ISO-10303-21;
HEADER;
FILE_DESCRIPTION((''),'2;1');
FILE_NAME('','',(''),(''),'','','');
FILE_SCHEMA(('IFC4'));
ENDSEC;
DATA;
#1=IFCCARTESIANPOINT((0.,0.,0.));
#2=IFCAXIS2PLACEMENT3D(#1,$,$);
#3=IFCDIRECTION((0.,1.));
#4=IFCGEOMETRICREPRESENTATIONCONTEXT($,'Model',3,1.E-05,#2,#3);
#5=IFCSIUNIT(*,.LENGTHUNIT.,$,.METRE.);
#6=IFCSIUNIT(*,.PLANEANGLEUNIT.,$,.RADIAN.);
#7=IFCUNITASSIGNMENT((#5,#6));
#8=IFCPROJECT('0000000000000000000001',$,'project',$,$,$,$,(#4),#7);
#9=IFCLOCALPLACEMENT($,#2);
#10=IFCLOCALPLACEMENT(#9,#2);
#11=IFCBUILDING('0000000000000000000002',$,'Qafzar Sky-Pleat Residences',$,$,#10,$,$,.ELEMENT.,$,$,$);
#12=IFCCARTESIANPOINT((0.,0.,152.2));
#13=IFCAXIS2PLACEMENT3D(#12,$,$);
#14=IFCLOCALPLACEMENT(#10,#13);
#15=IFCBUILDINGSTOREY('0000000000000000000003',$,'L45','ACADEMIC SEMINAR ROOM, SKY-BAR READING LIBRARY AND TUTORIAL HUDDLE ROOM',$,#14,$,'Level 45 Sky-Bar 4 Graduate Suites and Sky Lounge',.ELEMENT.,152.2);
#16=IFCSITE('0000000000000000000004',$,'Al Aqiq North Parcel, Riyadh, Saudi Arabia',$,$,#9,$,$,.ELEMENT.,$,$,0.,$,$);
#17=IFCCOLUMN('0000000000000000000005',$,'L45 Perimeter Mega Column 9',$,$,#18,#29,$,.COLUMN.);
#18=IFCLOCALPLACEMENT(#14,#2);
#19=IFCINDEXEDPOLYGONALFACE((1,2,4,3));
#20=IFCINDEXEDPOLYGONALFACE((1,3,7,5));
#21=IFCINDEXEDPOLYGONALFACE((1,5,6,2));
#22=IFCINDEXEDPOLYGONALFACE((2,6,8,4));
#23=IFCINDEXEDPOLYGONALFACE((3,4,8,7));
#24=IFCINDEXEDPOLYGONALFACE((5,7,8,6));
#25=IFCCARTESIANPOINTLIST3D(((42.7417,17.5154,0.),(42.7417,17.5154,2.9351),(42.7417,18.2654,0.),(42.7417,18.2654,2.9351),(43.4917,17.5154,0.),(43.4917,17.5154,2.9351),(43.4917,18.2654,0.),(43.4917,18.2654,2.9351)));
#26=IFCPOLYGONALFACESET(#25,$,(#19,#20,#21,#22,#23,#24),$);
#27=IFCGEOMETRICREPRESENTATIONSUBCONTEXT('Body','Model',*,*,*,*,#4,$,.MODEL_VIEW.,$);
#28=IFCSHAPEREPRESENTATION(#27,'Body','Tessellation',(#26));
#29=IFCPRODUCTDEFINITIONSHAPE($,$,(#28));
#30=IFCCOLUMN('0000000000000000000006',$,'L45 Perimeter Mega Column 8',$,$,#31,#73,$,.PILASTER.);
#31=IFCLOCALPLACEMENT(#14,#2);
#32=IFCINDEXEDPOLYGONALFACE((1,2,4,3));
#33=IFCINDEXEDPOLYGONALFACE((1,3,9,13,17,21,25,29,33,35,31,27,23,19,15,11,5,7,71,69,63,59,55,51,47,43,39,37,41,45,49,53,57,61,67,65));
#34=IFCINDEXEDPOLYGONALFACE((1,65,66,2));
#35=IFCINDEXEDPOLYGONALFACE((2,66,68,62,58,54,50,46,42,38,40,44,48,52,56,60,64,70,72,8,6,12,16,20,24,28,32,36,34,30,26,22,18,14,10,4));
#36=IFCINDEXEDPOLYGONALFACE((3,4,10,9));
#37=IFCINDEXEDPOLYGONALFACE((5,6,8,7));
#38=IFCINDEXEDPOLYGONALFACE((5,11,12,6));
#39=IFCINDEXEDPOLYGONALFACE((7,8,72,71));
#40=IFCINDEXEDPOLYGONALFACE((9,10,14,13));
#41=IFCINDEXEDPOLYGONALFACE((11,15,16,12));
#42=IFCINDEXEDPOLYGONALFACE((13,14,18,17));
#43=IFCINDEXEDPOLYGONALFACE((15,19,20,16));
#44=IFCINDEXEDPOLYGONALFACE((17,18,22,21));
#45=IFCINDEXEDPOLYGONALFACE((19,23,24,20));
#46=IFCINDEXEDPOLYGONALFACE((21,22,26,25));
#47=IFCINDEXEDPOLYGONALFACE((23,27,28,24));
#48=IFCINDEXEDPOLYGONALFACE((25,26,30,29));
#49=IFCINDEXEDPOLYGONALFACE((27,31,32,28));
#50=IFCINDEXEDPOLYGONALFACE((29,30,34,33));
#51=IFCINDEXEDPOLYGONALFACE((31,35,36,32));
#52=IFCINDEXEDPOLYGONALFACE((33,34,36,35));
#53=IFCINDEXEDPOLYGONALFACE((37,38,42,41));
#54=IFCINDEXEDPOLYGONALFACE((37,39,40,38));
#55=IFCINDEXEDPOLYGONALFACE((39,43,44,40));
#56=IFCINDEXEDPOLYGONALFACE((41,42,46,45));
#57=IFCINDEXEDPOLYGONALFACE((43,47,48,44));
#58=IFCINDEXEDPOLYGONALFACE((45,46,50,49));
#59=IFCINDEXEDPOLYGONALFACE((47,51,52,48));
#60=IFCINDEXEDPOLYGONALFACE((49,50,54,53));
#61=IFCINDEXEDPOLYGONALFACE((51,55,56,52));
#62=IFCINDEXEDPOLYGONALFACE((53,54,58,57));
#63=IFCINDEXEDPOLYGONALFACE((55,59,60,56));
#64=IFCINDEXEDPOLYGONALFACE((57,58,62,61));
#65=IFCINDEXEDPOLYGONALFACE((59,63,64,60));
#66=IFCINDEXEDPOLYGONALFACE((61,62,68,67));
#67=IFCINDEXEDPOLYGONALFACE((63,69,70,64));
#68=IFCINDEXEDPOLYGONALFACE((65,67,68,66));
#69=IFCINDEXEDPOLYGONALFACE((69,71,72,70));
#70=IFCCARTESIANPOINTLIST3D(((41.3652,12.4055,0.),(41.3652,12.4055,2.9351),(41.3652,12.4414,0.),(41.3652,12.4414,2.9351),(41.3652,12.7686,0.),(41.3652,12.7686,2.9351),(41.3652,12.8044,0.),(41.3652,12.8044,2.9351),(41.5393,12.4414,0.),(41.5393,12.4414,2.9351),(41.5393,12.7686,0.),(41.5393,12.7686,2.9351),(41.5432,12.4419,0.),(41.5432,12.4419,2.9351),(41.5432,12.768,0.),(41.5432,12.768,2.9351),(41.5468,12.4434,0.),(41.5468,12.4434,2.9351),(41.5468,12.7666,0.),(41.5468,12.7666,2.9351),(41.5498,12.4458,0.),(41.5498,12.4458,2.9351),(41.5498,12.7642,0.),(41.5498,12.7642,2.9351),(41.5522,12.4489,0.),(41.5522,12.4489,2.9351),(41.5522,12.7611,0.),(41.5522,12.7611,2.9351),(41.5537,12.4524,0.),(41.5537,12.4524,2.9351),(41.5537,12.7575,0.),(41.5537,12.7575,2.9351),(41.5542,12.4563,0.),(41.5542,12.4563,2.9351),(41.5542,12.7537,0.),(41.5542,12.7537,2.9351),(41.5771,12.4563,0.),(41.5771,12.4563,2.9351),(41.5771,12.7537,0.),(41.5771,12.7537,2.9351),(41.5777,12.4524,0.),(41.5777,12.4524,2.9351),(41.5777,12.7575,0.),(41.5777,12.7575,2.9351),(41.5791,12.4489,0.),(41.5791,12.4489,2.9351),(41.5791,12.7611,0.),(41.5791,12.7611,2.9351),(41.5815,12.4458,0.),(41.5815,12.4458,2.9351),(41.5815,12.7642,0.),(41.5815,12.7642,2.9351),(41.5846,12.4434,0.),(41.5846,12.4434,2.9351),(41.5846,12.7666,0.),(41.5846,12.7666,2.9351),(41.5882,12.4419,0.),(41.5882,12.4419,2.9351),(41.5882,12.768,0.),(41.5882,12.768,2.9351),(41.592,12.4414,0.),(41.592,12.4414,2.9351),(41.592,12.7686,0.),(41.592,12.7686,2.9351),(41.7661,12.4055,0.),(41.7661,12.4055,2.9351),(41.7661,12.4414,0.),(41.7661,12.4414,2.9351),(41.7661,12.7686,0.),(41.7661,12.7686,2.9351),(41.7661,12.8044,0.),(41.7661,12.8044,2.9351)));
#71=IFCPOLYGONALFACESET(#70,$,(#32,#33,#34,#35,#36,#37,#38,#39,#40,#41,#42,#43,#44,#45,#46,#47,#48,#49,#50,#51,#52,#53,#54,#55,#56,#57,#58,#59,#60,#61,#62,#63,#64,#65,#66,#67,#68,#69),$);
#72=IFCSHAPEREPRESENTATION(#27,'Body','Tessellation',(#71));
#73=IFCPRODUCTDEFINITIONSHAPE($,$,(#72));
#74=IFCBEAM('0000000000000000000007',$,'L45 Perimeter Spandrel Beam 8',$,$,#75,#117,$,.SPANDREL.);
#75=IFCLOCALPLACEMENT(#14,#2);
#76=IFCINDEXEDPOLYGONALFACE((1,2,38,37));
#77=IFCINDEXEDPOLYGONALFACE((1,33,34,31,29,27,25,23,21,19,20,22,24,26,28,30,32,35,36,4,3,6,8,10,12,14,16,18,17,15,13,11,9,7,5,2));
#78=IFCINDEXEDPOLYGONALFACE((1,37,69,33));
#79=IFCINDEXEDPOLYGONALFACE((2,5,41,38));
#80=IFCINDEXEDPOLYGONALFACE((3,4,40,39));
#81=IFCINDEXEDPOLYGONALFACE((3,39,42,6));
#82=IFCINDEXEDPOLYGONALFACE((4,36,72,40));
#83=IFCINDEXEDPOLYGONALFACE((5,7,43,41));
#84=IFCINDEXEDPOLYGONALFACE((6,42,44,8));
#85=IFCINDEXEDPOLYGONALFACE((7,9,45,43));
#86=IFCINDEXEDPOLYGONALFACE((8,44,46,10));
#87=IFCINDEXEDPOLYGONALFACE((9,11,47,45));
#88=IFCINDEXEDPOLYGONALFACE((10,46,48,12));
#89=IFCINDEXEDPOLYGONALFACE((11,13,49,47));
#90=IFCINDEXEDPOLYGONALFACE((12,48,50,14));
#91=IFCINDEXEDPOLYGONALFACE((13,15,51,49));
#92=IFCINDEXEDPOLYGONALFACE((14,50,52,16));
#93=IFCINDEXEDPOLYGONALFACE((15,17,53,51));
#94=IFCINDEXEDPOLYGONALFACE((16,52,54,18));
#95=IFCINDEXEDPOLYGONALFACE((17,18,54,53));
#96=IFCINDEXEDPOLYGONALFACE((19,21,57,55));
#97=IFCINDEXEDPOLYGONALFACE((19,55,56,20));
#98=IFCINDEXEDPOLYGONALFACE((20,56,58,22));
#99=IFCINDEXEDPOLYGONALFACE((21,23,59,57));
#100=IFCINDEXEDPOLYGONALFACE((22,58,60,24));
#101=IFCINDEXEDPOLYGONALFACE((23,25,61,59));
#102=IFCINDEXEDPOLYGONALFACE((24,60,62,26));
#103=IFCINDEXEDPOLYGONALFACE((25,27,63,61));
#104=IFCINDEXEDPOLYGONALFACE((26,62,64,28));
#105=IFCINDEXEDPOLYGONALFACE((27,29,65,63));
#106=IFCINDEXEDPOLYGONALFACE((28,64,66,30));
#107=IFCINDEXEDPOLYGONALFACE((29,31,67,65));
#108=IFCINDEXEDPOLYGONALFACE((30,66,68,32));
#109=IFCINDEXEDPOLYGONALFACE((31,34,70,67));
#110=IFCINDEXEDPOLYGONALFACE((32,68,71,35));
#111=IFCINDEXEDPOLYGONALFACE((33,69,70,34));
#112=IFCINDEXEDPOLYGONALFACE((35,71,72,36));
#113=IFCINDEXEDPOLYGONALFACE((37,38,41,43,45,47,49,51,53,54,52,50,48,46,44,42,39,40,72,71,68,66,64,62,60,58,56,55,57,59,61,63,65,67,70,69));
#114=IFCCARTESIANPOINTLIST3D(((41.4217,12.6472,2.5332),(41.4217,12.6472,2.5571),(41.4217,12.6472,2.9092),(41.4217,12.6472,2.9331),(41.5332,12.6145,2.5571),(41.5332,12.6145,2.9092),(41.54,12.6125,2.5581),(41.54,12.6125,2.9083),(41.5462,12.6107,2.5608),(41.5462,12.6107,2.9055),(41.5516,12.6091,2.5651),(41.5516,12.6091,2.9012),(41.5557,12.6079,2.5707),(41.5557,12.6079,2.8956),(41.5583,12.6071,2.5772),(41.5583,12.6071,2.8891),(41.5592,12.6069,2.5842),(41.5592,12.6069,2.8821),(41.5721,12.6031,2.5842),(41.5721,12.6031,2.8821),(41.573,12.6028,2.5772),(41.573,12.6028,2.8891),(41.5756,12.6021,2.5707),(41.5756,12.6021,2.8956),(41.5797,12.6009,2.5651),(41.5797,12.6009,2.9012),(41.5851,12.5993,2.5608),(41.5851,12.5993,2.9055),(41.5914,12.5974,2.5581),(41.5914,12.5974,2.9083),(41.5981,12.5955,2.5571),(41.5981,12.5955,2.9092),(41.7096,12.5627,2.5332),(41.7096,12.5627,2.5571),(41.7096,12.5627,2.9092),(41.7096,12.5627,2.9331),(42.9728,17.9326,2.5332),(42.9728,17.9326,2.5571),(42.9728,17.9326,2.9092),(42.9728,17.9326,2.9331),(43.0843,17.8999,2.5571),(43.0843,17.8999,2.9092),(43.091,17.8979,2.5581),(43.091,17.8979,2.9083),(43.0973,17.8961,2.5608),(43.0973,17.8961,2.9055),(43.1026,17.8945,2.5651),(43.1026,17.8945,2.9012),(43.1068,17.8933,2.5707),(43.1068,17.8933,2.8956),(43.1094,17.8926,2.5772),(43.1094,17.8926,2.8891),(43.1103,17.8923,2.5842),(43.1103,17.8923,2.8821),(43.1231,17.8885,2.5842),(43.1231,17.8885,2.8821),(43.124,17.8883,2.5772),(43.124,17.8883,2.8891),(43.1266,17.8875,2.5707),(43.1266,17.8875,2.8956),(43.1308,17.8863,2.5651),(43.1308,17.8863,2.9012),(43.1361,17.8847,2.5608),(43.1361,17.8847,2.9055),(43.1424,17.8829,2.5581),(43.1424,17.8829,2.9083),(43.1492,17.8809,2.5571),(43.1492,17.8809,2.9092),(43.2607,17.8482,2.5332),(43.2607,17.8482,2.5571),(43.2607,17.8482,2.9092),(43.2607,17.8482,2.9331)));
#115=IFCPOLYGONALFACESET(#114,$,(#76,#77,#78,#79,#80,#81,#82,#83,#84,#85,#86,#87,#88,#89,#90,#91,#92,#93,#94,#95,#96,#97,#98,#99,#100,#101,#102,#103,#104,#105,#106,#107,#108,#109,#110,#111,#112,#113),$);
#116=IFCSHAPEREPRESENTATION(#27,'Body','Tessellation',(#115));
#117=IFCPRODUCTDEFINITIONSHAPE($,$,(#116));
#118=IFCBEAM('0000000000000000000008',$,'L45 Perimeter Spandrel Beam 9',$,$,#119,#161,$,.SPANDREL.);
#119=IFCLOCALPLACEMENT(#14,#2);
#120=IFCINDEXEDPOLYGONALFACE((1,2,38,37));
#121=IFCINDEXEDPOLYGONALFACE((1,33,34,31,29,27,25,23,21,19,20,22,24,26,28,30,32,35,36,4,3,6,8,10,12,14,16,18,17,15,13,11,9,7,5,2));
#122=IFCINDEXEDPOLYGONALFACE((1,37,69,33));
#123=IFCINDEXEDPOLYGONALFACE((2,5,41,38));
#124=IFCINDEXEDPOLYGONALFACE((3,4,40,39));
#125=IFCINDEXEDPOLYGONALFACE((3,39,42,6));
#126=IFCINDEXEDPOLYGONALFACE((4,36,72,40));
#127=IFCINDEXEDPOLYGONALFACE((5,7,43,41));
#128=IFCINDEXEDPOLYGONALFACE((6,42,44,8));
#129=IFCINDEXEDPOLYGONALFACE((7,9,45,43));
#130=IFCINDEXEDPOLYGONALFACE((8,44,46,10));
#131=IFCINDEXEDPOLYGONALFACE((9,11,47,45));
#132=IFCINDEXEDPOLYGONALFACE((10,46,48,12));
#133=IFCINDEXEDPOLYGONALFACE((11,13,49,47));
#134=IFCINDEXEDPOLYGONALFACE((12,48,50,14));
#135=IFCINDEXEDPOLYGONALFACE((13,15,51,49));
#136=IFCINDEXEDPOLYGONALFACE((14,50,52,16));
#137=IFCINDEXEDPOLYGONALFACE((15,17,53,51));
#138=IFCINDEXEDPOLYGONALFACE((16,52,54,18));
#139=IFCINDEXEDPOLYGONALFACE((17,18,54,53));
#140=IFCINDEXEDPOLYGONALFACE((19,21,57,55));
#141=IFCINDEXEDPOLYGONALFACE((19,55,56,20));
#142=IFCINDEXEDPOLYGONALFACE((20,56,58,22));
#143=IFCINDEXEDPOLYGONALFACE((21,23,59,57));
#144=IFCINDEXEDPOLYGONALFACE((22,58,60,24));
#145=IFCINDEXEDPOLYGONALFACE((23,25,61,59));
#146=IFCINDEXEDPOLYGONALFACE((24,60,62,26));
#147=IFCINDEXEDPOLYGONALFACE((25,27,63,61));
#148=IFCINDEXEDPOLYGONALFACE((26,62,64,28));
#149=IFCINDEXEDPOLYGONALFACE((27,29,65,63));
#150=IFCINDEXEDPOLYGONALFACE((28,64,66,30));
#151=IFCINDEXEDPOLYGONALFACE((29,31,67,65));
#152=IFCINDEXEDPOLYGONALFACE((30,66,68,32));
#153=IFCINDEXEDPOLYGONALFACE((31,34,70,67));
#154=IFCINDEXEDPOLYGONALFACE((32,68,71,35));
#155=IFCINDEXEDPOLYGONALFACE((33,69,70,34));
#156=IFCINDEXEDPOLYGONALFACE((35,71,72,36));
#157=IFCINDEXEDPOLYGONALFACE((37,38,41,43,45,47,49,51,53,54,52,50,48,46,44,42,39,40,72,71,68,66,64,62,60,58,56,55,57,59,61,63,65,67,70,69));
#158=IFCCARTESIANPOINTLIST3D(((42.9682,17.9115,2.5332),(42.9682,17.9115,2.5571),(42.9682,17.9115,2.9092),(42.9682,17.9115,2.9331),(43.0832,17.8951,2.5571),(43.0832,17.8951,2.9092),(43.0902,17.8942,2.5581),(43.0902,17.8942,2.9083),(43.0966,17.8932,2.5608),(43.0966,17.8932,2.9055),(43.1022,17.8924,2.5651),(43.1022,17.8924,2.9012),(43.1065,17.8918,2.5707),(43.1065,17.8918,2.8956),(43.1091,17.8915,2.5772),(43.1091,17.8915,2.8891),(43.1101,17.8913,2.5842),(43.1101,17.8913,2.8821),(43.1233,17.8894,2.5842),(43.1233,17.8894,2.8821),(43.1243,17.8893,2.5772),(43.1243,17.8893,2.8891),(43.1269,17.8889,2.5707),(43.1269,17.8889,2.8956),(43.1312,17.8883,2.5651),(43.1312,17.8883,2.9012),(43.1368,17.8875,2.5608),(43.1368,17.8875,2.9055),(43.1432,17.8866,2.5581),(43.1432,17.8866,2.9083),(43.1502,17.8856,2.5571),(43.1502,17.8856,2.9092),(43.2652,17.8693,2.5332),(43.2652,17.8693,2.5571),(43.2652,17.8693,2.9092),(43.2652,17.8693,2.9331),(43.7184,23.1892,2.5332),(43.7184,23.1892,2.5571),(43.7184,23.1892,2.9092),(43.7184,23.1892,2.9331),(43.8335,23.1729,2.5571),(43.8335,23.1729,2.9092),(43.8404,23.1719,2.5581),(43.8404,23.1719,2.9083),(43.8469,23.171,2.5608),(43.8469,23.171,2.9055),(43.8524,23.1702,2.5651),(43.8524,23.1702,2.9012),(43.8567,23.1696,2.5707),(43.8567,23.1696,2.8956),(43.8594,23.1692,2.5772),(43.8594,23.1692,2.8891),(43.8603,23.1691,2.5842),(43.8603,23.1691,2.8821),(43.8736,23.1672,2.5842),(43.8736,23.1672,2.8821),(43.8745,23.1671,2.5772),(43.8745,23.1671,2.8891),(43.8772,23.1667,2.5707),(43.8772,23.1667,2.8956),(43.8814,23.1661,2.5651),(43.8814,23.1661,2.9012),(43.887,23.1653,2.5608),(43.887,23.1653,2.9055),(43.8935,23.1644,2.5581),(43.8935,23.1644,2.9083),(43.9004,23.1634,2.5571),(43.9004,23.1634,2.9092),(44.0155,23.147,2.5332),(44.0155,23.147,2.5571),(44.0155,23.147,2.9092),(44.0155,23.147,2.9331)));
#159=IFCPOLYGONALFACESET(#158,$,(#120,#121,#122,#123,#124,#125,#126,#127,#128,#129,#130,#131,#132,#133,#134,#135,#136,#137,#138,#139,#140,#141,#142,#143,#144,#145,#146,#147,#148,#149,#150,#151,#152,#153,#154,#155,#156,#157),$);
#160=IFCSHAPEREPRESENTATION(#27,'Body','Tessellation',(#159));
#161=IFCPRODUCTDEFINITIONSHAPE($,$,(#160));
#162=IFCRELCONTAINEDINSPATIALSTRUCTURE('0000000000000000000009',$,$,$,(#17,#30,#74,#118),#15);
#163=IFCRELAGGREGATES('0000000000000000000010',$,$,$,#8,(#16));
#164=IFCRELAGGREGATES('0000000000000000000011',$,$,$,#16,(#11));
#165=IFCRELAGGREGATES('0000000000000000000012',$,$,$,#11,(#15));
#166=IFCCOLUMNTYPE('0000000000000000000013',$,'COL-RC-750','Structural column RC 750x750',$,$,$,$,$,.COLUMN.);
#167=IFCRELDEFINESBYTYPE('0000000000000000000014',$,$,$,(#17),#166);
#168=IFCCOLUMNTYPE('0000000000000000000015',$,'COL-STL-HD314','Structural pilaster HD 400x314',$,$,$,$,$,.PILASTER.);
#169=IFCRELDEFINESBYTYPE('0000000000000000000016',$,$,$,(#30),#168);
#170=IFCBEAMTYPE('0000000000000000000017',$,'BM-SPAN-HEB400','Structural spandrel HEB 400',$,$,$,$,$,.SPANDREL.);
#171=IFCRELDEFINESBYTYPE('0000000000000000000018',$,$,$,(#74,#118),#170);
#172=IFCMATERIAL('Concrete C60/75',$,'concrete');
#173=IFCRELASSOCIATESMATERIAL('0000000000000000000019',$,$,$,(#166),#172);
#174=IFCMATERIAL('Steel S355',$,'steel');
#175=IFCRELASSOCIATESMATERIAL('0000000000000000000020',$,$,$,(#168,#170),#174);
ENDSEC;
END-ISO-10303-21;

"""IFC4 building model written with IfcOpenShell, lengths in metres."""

from ifc_helpers import new_model, si_unit, direction, frame, origin, origin_2d, place, context, subcontext, project, spatial, rectangle, i_section, extrude, source, transform, mapped, material, material_profile, profile_set, type_object, element, save


model = new_model("IFC4")

# Units and contexts
model_context = context("Model", 3, precision=1e-05, world=origin(), true_north=direction((0.0, 1.0)))
body_context = subcontext(model_context, "Body", "Model", "MODEL_VIEW")
ifc_project = project(units=[si_unit("LENGTHUNIT", "METRE"), si_unit("PLANEANGLEUNIT", "RADIAN")], contexts=[model_context])

# Site, building, storey
site_placement = place(None, origin())
site = spatial("IfcSite", under=ifc_project, at=site_placement, Name="Al Aqiq North Parcel, Riyadh, Saudi Arabia", CompositionType="ELEMENT", RefElevation=0.0)
building_placement = place(site_placement, origin())
building = spatial("IfcBuilding", under=site, at=building_placement, Name="Qafzar Sky-Pleat Residences", CompositionType="ELEMENT")
storey_placement = place(building_placement, frame((0.0, 0.0, 152.2)))
storey = spatial("IfcBuildingStorey", under=building, at=storey_placement, Name="L45", Description="ACADEMIC SEMINAR ROOM, SKY-BAR READING LIBRARY AND TUTORIAL HUDDLE ROOM", LongName="Level 45 Sky-Bar 4 Graduate Suites and Sky Lounge", CompositionType="ELEMENT", Elevation=152.2)

# Columns
ifc_material_1 = material(Name="Concrete C60/75", Category="concrete")
ifc_material_profile_1 = material_profile(ifc_material_1, rectangle(XDim=0.75, YDim=0.75, at=origin_2d()), Name="RC 750x750")
ifc_profile_set_1 = profile_set([ifc_material_profile_1], Name="Concrete C60/75")
column_type_1 = type_object("IfcColumnType", Name="COL-RC-750", Description="Structural column RC 750x750", PredefinedType="COLUMN", material=ifc_profile_set_1)
shared_shape_1 = source(origin(), body_context, "Body", "SweptSolid", [
    extrude(rectangle(XDim=0.75, YDim=0.75, at=origin_2d()), origin(), (0.0, 0.0, 1.0), 2.9351),
])
column_1_placement = place(storey_placement, frame((43.1167, 17.8904, 0.0), z_axis=(0.0, 0.0, 1.0), x_axis=(1.0, 0.0, 0.0)))
element("IfcColumn", 1, at=column_1_placement, inside=storey, type_object=column_type_1, Name="L45 Perimeter Mega Column 9", PredefinedType="COLUMN", context=body_context, shape_type="MappedRepresentation", body=[
    mapped(shared_shape_1, transform((0.0, 0.0, 0.0), x_axis=(1.0, 0.0, 0.0), y_axis=(0.0, 1.0, 0.0), z_axis=(0.0, 0.0, 1.0), scale=1.0)),
])
ifc_material_2 = material(Name="Steel S355", Category="steel")
ifc_material_profile_2 = material_profile(ifc_material_2, i_section(OverallWidth=0.4009, OverallDepth=0.3989, WebThickness=0.0229, FlangeThickness=0.0359, FilletRadius=0.0149, at=origin_2d()), Name="HD 400x314")
ifc_profile_set_2 = profile_set([ifc_material_profile_2], Name="Steel S355")
column_type_2 = type_object("IfcColumnType", Name="COL-STL-HD314", Description="Structural pilaster HD 400x314", PredefinedType="PILASTER", material=ifc_profile_set_2)
shared_shape_2 = source(origin(), body_context, "Body", "SweptSolid", [
    extrude(i_section(OverallWidth=0.4009, OverallDepth=0.3989, WebThickness=0.0229, FlangeThickness=0.0359, FilletRadius=0.0149, at=origin_2d()), origin(), (0.0, 0.0, 1.0), 2.9351),
])
column_2_placement = place(storey_placement, frame((41.5657, 12.605, 0.0), z_axis=(0.0, 0.0, 1.0), x_axis=(1.0, 0.0, 0.0)))
element("IfcColumn", 2, at=column_2_placement, inside=storey, type_object=column_type_2, Name="L45 Perimeter Mega Column 8", PredefinedType="PILASTER", context=body_context, shape_type="MappedRepresentation", body=[
    mapped(shared_shape_2, transform((0.0, 0.0, 0.0), x_axis=(1.0, 0.0, 0.0), y_axis=(0.0, 1.0, 0.0), z_axis=(0.0, 0.0, 1.0), scale=1.0)),
])

# Beams
ifc_material_profile_3 = material_profile(ifc_material_2, i_section(OverallWidth=0.3, OverallDepth=0.3999, WebThickness=0.0134, FlangeThickness=0.0239, FilletRadius=0.0271, at=origin_2d()), Name="HEB 400")
ifc_profile_set_3 = profile_set([ifc_material_profile_3], Name="Steel S355")
beam_type_1 = type_object("IfcBeamType", Name="BM-SPAN-HEB400", Description="Structural spandrel HEB 400", PredefinedType="SPANDREL", material=ifc_profile_set_3)
shared_shape_3 = source(origin(), body_context, "Body", "SweptSolid", [
    extrude(i_section(OverallWidth=0.3, OverallDepth=0.3999, WebThickness=0.0134, FlangeThickness=0.0239, FilletRadius=0.0271, at=origin_2d()), origin(), (0.0, 0.0, 1.0), 5.5083),
])
beam_1_placement = place(storey_placement, frame((41.5657, 12.605, 2.7332), z_axis=(0.281581, 0.959538, 0.0), x_axis=(-0.959538, 0.281581, 0.0)))
element("IfcBeam", 3, at=beam_1_placement, inside=storey, type_object=beam_type_1, Name="L45 Perimeter Spandrel Beam 8", PredefinedType="SPANDREL", context=body_context, shape_type="MappedRepresentation", body=[
    mapped(shared_shape_3, transform((0.0, 0.0, 0.0), x_axis=(1.0, 0.0, 0.0), y_axis=(0.0, 1.0, 0.0), z_axis=(0.0, 0.0, 1.0), scale=1.0)),
])
shared_shape_4 = source(origin(), body_context, "Body", "SweptSolid", [
    extrude(i_section(OverallWidth=0.3, OverallDepth=0.3999, WebThickness=0.0134, FlangeThickness=0.0239, FilletRadius=0.0271, at=origin_2d()), origin(), (0.0, 0.0, 1.0), 5.3308),
])
beam_2_placement = place(storey_placement, frame((43.1167, 17.8904, 2.7332), z_axis=(0.140735, 0.990047, 0.0), x_axis=(-0.990047, 0.140735, 0.0)))
element("IfcBeam", 4, at=beam_2_placement, inside=storey, type_object=beam_type_1, Name="L45 Perimeter Spandrel Beam 9", PredefinedType="SPANDREL", context=body_context, shape_type="MappedRepresentation", body=[
    mapped(shared_shape_4, transform((0.0, 0.0, 0.0), x_axis=(1.0, 0.0, 0.0), y_axis=(0.0, 1.0, 0.0), z_axis=(0.0, 0.0, 1.0), scale=1.0)),
])

save(model, "model.ifc")
